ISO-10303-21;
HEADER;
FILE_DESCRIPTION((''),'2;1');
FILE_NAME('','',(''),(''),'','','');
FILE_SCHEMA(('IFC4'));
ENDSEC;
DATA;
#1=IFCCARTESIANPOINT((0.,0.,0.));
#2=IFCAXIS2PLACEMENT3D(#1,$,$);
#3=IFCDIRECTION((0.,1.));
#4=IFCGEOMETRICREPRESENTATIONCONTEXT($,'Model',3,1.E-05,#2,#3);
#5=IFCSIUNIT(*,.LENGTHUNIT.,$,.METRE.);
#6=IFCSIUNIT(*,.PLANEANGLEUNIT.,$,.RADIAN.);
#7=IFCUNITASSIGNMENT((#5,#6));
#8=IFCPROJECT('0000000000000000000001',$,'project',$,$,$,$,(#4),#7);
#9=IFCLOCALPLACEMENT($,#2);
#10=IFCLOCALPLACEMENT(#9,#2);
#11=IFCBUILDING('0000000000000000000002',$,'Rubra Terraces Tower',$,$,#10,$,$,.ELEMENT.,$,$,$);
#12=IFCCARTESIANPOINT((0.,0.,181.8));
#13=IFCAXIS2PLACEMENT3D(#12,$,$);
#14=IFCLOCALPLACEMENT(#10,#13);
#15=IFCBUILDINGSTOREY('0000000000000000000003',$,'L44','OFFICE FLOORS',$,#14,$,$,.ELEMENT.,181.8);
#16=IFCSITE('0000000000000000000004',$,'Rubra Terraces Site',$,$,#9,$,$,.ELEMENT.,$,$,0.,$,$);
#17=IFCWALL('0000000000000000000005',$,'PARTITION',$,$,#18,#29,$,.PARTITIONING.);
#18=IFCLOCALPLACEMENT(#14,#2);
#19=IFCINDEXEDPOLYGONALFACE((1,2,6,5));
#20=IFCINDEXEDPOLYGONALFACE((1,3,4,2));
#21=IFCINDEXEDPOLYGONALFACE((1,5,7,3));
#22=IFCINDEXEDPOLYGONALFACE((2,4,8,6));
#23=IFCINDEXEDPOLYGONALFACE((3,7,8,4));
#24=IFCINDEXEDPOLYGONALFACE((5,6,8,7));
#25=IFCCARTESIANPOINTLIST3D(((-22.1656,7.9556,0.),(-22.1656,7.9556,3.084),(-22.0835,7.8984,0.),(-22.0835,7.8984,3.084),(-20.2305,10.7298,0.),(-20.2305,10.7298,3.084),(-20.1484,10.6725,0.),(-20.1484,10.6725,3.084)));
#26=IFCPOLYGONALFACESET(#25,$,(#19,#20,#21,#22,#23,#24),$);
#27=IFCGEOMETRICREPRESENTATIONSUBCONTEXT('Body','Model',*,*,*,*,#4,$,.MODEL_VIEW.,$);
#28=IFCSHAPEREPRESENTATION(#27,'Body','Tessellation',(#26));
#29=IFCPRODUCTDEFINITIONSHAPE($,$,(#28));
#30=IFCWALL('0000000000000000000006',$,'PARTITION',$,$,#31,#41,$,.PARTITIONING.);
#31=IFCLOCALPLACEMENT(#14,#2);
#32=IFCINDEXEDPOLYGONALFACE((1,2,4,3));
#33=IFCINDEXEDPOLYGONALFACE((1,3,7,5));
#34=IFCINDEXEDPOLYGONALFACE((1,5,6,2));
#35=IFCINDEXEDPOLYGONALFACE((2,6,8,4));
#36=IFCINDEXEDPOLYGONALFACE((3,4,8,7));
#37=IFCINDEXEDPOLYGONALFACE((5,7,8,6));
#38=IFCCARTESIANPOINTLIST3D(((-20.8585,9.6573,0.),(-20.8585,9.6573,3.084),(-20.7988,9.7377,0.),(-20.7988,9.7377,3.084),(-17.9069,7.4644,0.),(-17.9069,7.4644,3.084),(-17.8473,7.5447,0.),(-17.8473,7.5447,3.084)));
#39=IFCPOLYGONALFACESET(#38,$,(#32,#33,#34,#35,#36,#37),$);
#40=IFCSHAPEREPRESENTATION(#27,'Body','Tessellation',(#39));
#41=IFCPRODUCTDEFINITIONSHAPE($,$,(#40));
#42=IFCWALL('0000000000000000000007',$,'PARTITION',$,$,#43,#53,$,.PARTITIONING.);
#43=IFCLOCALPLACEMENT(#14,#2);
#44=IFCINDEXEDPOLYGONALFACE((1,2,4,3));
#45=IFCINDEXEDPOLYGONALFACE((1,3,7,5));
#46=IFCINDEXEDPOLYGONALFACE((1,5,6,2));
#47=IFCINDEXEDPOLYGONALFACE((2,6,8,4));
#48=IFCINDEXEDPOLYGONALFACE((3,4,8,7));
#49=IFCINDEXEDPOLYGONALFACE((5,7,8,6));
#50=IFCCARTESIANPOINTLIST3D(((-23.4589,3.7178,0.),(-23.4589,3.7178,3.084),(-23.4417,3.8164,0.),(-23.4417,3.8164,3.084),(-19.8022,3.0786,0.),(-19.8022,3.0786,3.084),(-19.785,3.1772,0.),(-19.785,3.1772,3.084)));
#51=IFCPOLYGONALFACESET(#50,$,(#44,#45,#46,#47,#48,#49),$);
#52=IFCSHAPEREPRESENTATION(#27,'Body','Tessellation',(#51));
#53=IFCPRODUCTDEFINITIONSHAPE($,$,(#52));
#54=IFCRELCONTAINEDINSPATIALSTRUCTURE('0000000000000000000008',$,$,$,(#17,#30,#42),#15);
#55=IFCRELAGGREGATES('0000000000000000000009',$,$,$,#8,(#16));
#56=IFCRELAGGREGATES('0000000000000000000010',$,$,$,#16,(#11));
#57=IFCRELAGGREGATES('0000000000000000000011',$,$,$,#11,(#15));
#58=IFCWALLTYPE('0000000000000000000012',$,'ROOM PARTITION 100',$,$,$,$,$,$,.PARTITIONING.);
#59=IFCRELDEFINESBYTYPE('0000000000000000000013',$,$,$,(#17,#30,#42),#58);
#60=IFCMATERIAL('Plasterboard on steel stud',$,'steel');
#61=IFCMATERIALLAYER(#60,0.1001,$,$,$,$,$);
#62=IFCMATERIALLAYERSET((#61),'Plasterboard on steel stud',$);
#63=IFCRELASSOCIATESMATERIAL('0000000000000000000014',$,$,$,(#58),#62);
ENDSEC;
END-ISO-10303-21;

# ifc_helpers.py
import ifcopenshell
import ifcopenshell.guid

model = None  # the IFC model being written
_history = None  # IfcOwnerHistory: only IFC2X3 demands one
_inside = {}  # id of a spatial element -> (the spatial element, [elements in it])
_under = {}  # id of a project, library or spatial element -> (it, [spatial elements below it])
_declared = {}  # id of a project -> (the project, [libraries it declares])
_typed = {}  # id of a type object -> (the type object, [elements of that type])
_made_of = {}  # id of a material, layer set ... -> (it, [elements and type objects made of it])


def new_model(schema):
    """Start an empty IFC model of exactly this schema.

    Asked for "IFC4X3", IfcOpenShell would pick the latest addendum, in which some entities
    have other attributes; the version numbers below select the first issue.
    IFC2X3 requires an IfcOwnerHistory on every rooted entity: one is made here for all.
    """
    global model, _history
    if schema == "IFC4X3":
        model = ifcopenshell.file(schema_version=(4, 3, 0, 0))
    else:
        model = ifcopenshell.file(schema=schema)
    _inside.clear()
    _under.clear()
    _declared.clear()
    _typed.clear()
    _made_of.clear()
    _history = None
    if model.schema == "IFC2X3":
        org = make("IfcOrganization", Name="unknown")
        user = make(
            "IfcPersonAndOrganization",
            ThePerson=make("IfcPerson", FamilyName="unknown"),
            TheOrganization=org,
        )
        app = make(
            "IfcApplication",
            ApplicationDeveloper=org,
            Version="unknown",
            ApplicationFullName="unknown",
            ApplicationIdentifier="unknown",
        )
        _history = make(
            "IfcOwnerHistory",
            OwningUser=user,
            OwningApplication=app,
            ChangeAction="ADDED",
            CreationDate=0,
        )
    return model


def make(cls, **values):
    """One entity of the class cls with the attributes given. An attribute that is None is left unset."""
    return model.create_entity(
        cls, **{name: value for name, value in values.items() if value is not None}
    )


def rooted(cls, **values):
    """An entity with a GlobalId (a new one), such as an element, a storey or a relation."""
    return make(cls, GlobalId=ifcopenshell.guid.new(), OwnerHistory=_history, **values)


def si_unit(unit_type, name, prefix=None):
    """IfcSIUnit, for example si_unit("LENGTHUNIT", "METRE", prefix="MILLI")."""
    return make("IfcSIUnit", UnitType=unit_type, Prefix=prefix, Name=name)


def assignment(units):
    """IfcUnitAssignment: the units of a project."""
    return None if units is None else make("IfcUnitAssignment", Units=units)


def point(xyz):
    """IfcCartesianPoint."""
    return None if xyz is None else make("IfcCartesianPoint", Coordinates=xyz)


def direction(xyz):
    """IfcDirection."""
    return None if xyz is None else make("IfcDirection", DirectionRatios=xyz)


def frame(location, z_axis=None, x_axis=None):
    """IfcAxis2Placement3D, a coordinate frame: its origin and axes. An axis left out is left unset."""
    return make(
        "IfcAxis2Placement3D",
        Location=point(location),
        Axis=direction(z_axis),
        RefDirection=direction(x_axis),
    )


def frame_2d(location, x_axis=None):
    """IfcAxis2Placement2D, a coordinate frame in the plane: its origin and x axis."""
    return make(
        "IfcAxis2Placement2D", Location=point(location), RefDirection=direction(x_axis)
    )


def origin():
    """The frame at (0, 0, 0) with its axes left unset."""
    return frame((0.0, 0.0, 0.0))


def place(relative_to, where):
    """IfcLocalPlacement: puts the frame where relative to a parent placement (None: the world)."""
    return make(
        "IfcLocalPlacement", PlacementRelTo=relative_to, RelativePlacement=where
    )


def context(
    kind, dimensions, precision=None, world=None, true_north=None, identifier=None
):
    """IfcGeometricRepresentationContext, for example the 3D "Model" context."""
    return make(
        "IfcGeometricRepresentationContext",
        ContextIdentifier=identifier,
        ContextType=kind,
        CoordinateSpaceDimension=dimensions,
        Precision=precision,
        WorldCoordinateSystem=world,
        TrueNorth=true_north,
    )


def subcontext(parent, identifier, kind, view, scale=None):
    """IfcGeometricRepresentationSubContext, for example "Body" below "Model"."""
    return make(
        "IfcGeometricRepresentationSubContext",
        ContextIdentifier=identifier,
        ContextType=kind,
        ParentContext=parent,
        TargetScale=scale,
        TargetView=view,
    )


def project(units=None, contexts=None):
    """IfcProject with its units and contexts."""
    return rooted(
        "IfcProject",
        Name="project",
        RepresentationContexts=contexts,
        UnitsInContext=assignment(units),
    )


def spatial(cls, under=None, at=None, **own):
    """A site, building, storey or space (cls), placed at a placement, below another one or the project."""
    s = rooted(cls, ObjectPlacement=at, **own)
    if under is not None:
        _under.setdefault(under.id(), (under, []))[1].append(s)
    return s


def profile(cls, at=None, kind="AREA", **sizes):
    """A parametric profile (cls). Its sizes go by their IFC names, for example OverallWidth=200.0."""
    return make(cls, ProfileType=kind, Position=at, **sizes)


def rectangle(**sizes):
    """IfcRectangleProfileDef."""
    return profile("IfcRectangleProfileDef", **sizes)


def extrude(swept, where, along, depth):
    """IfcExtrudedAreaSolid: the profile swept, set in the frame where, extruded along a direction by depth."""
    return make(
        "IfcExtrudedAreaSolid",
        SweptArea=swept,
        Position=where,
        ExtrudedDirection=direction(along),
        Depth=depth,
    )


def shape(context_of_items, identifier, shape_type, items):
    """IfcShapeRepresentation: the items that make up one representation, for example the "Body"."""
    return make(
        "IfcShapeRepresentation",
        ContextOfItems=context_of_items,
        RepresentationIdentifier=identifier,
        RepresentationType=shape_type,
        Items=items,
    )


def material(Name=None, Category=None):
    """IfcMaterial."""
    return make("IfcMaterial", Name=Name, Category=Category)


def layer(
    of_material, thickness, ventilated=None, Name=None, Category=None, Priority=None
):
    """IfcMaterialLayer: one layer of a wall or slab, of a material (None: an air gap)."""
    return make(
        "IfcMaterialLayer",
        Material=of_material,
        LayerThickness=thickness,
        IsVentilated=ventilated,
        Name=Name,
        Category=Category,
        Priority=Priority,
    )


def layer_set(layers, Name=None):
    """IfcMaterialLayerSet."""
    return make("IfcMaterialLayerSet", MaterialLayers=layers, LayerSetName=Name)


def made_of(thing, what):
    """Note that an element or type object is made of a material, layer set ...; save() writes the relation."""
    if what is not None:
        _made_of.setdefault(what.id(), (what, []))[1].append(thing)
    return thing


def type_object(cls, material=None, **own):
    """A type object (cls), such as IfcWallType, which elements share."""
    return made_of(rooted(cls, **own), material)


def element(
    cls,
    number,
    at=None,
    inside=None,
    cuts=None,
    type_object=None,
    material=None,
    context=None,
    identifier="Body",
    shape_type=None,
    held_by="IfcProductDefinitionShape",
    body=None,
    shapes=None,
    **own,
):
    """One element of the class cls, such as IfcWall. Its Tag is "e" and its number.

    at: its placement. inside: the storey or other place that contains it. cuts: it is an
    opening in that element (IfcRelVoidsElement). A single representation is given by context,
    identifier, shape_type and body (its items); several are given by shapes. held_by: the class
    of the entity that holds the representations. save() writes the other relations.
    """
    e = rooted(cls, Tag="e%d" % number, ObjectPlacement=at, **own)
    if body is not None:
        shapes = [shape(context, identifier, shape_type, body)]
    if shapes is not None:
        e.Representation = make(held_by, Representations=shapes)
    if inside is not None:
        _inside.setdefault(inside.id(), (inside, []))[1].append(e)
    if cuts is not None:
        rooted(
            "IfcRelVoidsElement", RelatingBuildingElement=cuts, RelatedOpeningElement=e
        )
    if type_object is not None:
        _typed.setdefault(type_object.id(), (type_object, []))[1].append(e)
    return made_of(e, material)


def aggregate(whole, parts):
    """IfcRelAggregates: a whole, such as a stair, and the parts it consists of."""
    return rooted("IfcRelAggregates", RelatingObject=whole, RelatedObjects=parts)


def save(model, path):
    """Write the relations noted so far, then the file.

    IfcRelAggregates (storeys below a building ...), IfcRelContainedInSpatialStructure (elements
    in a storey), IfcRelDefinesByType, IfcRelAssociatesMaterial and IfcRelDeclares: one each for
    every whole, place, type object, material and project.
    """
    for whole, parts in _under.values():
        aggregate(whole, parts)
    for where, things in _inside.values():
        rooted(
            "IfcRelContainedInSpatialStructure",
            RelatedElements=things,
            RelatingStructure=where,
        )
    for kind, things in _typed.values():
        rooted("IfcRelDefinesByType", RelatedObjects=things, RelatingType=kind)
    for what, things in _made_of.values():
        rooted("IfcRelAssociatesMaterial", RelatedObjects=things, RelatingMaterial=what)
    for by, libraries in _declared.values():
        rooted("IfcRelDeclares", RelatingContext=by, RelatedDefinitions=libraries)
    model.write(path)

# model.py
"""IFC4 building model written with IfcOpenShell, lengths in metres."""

from ifc_helpers import new_model, si_unit, direction, frame, frame_2d, origin, place, context, subcontext, project, spatial, rectangle, extrude, material, layer, layer_set, type_object, element, save


model = new_model("IFC4")

# Units and contexts
model_context = context("Model", 3, precision=1e-05, world=origin(), true_north=direction((0.0, 1.0)))
body_context = subcontext(model_context, "Body", "Model", "MODEL_VIEW")
ifc_project = project(units=[si_unit("LENGTHUNIT", "METRE"), si_unit("PLANEANGLEUNIT", "RADIAN")], contexts=[model_context])

# Site, building, storey
site_placement = place(None, origin())
site = spatial("IfcSite", under=ifc_project, at=site_placement, Name="Rubra Terraces Site", CompositionType="ELEMENT", RefElevation=0.0)
building_placement = place(site_placement, origin())
building = spatial("IfcBuilding", under=site, at=building_placement, Name="Rubra Terraces Tower", CompositionType="ELEMENT")
storey_placement = place(building_placement, frame((0.0, 0.0, 181.8)))
storey = spatial("IfcBuildingStorey", under=building, at=storey_placement, Name="L44", Description="OFFICE FLOORS", CompositionType="ELEMENT", Elevation=181.8)

# Shared definitions
ifc_material_1 = material(Name="Plasterboard on steel stud", Category="steel")
ifc_layer_1 = layer(ifc_material_1, 0.1001)
ifc_layer_set_1 = layer_set([ifc_layer_1], Name="Plasterboard on steel stud")
wall_type_1 = type_object("IfcWallType", Name="ROOM PARTITION 100", PredefinedType="PARTITIONING", material=ifc_layer_set_1)

# Walls
wall_1_placement = place(storey_placement, frame((-22.1245, 7.927, 0.0), z_axis=(0.0, 0.0, 1.0), x_axis=(0.5721, 0.820184, 0.0)))
element("IfcWall", 1, at=wall_1_placement, inside=storey, type_object=wall_type_1, Name="PARTITION", PredefinedType="PARTITIONING", context=body_context, shape_type="SweptSolid", body=[
    extrude(rectangle(XDim=3.3823, YDim=0.1001, at=frame_2d((1.6912, 0.0))), origin(), (0.0, 0.0, 1.0), 3.084),
])
wall_2_placement = place(storey_placement, frame((-17.8772, 7.5046, 0.0), z_axis=(0.0, 0.0, 1.0), x_axis=(-0.802693, 0.596392, 0.0)))
element("IfcWall", 2, at=wall_2_placement, inside=storey, type_object=wall_type_1, Name="PARTITION", PredefinedType="PARTITIONING", context=body_context, shape_type="SweptSolid", body=[
    extrude(rectangle(XDim=3.677, YDim=0.1001, at=frame_2d((1.8384, 0.0))), origin(), (0.0, 0.0, 1.0), 3.084),
])
wall_3_placement = place(storey_placement, frame((-19.7937, 3.1279, 0.0), z_axis=(0.0, 0.0, 1.0), x_axis=(-0.985066, 0.172179, 0.0)))
element("IfcWall", 3, at=wall_3_placement, inside=storey, type_object=wall_type_1, Name="PARTITION", PredefinedType="PARTITIONING", context=body_context, shape_type="SweptSolid", body=[
    extrude(rectangle(XDim=3.7122, YDim=0.1001, at=frame_2d((1.856, 0.0))), origin(), (0.0, 0.0, 1.0), 3.084),
])

save(model, "model.ifc")
